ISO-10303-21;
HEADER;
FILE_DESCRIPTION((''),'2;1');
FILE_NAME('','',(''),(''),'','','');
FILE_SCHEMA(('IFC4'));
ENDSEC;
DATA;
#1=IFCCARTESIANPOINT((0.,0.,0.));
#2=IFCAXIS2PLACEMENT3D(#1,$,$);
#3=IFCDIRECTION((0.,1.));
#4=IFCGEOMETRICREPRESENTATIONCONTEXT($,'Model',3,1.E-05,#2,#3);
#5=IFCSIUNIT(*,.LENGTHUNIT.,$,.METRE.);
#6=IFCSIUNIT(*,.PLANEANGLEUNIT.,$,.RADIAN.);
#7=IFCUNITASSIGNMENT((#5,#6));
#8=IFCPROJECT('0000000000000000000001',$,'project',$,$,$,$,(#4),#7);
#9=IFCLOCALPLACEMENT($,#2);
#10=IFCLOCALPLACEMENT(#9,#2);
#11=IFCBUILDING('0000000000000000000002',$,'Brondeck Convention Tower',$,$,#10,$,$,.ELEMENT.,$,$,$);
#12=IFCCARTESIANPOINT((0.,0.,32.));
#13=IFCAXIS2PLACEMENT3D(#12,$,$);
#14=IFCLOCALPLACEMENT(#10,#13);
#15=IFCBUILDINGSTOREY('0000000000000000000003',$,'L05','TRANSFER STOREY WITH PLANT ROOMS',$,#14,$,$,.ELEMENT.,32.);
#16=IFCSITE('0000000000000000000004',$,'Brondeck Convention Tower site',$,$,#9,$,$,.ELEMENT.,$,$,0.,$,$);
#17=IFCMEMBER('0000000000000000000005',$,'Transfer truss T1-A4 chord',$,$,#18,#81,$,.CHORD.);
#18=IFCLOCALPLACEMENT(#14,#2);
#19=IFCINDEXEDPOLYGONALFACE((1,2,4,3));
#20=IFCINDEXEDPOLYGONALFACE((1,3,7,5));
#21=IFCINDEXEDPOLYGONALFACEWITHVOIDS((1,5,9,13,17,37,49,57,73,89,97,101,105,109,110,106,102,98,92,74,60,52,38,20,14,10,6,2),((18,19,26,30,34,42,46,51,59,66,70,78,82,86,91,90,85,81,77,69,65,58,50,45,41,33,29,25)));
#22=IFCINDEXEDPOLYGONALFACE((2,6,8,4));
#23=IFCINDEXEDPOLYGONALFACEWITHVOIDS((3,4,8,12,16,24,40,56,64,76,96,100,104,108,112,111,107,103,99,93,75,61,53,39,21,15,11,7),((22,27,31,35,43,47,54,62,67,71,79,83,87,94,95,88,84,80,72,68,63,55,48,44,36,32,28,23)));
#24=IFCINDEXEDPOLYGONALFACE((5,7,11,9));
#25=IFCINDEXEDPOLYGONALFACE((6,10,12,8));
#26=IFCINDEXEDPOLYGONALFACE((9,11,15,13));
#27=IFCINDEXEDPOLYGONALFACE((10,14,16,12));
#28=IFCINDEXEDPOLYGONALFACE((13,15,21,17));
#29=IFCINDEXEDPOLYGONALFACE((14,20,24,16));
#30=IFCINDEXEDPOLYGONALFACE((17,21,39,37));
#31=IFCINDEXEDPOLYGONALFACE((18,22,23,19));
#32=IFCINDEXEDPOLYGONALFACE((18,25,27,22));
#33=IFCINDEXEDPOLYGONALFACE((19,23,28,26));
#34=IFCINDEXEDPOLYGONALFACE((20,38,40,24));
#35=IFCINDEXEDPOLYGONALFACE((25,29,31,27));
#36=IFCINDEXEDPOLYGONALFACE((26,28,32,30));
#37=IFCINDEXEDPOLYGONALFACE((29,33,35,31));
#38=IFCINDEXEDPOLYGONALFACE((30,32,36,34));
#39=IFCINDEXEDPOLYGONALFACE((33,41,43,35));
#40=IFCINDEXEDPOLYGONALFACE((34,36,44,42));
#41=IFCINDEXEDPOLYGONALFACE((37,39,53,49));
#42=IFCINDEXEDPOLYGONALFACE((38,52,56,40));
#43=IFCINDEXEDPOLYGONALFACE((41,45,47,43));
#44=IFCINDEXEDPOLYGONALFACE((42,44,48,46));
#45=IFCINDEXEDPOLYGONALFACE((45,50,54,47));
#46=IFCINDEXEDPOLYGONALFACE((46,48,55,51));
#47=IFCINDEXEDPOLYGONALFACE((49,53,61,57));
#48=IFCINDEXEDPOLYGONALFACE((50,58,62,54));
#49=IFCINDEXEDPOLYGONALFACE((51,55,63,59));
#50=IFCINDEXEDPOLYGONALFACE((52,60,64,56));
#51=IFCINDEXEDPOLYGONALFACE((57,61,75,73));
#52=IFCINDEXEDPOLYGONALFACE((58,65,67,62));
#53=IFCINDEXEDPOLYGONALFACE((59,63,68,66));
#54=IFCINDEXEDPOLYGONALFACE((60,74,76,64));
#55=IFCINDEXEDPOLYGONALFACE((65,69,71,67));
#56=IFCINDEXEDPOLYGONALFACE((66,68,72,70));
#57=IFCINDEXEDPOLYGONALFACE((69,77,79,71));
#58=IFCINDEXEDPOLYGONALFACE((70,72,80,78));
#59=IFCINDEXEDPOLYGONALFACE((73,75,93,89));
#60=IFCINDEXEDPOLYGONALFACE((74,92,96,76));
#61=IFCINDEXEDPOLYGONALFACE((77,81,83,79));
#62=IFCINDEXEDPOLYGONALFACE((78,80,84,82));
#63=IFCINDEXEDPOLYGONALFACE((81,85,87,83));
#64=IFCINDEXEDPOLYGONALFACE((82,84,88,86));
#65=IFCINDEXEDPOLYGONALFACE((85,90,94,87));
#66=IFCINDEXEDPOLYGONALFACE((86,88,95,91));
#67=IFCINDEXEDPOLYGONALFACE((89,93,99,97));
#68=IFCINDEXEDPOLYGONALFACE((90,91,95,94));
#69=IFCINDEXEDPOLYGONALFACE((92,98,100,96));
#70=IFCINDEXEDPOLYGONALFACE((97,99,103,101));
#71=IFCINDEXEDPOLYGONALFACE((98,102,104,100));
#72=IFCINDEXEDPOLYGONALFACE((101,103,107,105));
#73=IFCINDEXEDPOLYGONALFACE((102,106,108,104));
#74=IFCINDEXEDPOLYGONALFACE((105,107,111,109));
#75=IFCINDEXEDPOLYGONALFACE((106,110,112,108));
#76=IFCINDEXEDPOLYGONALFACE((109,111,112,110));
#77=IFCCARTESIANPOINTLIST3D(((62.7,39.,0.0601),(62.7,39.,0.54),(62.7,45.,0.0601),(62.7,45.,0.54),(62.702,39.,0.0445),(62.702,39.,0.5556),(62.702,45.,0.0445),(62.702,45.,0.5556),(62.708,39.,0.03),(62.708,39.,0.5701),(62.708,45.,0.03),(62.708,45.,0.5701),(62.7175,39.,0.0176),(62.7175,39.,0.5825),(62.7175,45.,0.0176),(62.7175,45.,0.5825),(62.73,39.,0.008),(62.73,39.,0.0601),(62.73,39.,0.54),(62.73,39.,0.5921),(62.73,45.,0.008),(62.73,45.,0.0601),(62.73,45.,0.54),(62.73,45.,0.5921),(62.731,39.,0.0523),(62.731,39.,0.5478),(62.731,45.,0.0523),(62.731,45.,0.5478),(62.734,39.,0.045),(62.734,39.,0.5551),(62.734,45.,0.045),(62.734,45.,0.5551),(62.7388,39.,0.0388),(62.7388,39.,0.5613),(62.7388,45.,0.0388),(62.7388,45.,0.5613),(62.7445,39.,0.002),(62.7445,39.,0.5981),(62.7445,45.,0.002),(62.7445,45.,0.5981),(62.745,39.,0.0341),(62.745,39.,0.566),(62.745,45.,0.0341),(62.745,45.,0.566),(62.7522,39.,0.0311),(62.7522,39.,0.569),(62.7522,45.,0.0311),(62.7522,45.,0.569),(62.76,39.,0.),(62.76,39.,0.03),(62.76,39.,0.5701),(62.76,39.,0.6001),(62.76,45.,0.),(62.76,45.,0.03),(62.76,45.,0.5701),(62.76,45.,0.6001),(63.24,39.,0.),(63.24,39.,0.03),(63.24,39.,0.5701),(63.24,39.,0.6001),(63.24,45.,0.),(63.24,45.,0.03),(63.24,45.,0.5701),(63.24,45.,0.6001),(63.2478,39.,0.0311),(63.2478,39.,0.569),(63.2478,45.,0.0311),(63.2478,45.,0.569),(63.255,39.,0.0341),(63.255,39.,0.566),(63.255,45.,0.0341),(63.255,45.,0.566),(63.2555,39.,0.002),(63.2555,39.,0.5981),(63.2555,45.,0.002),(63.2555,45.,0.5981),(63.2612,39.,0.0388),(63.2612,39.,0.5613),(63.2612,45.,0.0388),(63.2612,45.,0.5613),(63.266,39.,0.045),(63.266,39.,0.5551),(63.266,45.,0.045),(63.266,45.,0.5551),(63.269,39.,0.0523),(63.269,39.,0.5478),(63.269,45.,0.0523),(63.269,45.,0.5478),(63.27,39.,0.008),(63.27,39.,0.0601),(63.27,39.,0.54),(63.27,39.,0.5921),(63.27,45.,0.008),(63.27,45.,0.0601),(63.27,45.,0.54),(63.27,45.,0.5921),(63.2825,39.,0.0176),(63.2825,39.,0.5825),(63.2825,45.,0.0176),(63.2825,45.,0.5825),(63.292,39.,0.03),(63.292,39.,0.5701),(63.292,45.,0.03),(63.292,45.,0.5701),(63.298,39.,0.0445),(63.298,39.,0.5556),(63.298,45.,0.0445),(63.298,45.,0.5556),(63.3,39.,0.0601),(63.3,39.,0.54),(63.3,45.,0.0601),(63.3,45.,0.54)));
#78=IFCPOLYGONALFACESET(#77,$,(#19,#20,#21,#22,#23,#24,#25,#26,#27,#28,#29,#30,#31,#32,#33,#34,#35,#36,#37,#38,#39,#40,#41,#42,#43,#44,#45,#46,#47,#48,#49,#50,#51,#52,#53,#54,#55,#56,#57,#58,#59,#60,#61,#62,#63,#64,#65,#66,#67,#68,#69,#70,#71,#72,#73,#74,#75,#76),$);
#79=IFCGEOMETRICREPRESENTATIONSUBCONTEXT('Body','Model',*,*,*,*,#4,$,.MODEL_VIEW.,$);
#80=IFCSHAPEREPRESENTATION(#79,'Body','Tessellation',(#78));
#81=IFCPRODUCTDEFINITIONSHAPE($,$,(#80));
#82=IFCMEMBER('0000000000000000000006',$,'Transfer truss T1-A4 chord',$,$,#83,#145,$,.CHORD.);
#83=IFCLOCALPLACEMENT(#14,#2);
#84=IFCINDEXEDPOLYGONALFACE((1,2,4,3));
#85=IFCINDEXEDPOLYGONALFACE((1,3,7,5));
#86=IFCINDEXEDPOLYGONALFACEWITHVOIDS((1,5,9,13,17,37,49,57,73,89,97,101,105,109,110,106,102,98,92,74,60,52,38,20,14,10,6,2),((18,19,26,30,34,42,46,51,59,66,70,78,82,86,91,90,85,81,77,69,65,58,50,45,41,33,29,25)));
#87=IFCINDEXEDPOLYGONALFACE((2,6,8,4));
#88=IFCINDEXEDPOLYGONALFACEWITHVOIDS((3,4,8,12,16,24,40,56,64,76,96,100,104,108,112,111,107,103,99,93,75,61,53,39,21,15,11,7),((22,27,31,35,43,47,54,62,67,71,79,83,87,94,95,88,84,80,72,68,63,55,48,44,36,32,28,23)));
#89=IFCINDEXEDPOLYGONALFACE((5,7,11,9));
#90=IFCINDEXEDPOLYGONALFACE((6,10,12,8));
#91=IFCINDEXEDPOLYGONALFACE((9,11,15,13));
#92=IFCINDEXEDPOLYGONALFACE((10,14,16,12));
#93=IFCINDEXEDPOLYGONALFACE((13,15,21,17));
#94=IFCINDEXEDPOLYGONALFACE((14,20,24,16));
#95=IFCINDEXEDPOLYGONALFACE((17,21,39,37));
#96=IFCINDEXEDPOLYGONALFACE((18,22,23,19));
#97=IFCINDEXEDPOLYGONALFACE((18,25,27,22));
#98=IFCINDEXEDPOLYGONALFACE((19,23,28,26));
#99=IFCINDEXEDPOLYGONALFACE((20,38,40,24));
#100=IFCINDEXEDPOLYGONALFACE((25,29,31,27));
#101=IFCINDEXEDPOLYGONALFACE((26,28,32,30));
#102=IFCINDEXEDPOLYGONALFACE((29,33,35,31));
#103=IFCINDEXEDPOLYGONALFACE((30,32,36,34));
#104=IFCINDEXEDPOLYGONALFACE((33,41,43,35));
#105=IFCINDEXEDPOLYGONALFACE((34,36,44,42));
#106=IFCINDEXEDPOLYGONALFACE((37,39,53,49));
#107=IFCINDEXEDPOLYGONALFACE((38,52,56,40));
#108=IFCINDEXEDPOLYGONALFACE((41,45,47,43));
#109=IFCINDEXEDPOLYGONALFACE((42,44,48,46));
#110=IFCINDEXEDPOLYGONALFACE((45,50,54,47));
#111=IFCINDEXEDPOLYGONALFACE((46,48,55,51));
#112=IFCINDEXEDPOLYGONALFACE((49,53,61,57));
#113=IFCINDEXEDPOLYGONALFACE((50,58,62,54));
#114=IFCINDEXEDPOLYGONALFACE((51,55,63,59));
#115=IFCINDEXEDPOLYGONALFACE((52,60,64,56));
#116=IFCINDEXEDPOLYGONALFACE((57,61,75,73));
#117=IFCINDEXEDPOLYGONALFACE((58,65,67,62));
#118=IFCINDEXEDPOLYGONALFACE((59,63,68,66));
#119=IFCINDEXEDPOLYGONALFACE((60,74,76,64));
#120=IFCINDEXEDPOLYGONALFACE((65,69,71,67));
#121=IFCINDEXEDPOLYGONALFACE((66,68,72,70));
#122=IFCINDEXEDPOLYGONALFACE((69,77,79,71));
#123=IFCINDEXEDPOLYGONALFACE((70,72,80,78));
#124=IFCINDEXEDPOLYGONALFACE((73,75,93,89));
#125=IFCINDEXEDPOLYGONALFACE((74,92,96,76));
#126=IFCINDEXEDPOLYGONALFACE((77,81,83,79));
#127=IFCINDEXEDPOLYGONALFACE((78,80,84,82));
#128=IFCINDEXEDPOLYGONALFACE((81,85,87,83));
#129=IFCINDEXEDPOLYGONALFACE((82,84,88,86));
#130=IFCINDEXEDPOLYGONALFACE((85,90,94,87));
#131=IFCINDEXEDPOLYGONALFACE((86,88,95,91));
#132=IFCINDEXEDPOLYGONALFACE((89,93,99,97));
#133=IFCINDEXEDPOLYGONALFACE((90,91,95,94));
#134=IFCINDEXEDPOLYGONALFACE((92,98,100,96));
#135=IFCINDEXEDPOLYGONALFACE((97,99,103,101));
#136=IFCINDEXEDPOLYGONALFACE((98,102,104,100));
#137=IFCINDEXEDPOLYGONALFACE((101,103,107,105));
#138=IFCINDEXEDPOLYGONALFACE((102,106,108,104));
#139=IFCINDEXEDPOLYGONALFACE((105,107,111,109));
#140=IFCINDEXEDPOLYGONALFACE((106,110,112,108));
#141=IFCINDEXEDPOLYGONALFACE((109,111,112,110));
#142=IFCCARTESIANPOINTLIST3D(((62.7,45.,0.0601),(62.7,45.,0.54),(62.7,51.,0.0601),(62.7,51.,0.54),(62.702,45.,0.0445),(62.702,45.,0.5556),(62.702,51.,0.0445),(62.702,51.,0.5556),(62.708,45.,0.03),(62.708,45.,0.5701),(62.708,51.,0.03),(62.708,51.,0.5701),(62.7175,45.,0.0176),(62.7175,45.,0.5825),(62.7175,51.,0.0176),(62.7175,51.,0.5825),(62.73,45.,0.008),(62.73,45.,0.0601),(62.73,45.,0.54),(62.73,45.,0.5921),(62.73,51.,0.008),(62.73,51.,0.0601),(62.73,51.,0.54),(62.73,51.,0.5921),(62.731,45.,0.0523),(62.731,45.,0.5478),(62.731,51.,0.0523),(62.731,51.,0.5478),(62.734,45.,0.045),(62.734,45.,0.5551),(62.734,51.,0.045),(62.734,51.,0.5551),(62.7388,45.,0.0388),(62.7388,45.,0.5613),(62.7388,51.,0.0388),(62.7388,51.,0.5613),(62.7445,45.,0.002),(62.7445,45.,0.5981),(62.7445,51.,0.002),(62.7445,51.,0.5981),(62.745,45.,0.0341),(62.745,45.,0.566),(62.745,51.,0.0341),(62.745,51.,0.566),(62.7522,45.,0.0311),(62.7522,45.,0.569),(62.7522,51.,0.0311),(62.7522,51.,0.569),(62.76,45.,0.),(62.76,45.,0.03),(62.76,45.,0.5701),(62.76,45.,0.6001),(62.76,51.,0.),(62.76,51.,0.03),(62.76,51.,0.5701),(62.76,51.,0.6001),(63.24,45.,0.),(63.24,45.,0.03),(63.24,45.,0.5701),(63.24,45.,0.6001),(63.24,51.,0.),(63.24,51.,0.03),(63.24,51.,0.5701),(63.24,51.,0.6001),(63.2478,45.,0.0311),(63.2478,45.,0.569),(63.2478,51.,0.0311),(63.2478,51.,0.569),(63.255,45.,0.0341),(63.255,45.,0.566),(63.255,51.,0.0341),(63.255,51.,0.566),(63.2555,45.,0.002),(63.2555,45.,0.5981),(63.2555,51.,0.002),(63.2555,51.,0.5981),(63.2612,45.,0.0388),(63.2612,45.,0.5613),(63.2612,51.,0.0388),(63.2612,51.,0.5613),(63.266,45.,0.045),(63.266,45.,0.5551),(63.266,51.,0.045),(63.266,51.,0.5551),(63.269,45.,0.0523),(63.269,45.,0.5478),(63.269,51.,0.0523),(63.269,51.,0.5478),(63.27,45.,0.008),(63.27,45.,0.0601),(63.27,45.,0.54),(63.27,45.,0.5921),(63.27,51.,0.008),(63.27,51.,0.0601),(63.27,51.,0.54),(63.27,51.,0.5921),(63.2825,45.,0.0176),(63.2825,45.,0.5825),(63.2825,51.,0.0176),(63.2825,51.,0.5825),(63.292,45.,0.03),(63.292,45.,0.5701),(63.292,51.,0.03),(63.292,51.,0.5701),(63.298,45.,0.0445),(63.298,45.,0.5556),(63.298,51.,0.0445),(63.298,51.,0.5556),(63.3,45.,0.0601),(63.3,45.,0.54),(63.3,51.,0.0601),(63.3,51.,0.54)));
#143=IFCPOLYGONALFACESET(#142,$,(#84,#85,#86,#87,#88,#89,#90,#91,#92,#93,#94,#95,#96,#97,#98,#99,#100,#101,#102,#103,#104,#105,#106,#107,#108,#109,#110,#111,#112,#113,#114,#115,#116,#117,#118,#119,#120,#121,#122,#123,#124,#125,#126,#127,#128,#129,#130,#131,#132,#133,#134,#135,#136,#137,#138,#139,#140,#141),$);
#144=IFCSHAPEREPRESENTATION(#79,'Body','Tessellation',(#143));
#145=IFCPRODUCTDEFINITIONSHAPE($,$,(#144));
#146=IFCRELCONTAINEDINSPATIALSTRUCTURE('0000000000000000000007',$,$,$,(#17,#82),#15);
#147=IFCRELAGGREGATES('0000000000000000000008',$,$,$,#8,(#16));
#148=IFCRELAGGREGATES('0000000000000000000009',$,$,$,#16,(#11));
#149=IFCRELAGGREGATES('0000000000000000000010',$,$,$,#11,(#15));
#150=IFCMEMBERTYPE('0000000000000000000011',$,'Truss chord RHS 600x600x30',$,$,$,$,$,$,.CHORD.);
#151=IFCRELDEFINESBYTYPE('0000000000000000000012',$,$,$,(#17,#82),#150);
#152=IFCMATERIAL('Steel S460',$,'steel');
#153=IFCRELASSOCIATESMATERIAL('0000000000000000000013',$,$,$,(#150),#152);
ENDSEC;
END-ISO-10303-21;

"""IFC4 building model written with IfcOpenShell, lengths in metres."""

from ifc_helpers import new_model, si_unit, direction, frame, origin, origin_2d, place, context, subcontext, project, spatial, hollow_rectangle, extrude, material, material_profile, profile_set, type_object, element, save


model = new_model("IFC4")

# Units and contexts
model_context = context("Model", 3, precision=1e-05, world=origin(), true_north=direction((0.0, 1.0)))
body_context = subcontext(model_context, "Body", "Model", "MODEL_VIEW")
ifc_project = project(units=[si_unit("LENGTHUNIT", "METRE"), si_unit("PLANEANGLEUNIT", "RADIAN")], contexts=[model_context])

# Site, building, storey
site_placement = place(None, origin())
site = spatial("IfcSite", under=ifc_project, at=site_placement, Name="Brondeck Convention Tower site", CompositionType="ELEMENT", RefElevation=0.0)
building_placement = place(site_placement, origin())
building = spatial("IfcBuilding", under=site, at=building_placement, Name="Brondeck Convention Tower", CompositionType="ELEMENT")
storey_placement = place(building_placement, frame((0.0, 0.0, 32.0)))
storey = spatial("IfcBuildingStorey", under=building, at=storey_placement, Name="L05", Description="TRANSFER STOREY WITH PLANT ROOMS", CompositionType="ELEMENT", Elevation=32.0)

# Shared definitions
ifc_material_1 = material(Name="Steel S460", Category="steel")

# Members
ifc_material_profile_1 = material_profile(ifc_material_1, hollow_rectangle(XDim=0.6001, YDim=0.6001, WallThickness=0.03, InnerFilletRadius=0.03, OuterFilletRadius=0.0601, at=origin_2d()), Name="RHS 600x600x30")
ifc_profile_set_1 = profile_set([ifc_material_profile_1], Name="Steel S460")
member_type_1 = type_object("IfcMemberType", Name="Truss chord RHS 600x600x30", PredefinedType="CHORD", material=ifc_profile_set_1)
for number, where, z_axis, x_axis, name in (
    (1, (63.0, 39.0, 0.3), (0.0, 1.0, 0.0), (-1.0, 0.0, 0.0), "Transfer truss T1-A4 chord"),
    (2, (63.0, 45.0, 0.3), (0.0, 1.0, 0.0), (-1.0, 0.0, 0.0), "Transfer truss T1-A4 chord"),
):
    element("IfcMember", number, at=place(storey_placement, frame(where, z_axis=z_axis, x_axis=x_axis)), inside=storey, type_object=member_type_1, Name=name, PredefinedType="CHORD", context=body_context, shape_type="SweptSolid", body=[
        extrude(hollow_rectangle(XDim=0.6001, YDim=0.6001, WallThickness=0.03, InnerFilletRadius=0.03, OuterFilletRadius=0.0601, at=origin_2d()), origin(), (0.0, 0.0, 1.0), 6.0),
    ])

save(model, "model.ifc")
